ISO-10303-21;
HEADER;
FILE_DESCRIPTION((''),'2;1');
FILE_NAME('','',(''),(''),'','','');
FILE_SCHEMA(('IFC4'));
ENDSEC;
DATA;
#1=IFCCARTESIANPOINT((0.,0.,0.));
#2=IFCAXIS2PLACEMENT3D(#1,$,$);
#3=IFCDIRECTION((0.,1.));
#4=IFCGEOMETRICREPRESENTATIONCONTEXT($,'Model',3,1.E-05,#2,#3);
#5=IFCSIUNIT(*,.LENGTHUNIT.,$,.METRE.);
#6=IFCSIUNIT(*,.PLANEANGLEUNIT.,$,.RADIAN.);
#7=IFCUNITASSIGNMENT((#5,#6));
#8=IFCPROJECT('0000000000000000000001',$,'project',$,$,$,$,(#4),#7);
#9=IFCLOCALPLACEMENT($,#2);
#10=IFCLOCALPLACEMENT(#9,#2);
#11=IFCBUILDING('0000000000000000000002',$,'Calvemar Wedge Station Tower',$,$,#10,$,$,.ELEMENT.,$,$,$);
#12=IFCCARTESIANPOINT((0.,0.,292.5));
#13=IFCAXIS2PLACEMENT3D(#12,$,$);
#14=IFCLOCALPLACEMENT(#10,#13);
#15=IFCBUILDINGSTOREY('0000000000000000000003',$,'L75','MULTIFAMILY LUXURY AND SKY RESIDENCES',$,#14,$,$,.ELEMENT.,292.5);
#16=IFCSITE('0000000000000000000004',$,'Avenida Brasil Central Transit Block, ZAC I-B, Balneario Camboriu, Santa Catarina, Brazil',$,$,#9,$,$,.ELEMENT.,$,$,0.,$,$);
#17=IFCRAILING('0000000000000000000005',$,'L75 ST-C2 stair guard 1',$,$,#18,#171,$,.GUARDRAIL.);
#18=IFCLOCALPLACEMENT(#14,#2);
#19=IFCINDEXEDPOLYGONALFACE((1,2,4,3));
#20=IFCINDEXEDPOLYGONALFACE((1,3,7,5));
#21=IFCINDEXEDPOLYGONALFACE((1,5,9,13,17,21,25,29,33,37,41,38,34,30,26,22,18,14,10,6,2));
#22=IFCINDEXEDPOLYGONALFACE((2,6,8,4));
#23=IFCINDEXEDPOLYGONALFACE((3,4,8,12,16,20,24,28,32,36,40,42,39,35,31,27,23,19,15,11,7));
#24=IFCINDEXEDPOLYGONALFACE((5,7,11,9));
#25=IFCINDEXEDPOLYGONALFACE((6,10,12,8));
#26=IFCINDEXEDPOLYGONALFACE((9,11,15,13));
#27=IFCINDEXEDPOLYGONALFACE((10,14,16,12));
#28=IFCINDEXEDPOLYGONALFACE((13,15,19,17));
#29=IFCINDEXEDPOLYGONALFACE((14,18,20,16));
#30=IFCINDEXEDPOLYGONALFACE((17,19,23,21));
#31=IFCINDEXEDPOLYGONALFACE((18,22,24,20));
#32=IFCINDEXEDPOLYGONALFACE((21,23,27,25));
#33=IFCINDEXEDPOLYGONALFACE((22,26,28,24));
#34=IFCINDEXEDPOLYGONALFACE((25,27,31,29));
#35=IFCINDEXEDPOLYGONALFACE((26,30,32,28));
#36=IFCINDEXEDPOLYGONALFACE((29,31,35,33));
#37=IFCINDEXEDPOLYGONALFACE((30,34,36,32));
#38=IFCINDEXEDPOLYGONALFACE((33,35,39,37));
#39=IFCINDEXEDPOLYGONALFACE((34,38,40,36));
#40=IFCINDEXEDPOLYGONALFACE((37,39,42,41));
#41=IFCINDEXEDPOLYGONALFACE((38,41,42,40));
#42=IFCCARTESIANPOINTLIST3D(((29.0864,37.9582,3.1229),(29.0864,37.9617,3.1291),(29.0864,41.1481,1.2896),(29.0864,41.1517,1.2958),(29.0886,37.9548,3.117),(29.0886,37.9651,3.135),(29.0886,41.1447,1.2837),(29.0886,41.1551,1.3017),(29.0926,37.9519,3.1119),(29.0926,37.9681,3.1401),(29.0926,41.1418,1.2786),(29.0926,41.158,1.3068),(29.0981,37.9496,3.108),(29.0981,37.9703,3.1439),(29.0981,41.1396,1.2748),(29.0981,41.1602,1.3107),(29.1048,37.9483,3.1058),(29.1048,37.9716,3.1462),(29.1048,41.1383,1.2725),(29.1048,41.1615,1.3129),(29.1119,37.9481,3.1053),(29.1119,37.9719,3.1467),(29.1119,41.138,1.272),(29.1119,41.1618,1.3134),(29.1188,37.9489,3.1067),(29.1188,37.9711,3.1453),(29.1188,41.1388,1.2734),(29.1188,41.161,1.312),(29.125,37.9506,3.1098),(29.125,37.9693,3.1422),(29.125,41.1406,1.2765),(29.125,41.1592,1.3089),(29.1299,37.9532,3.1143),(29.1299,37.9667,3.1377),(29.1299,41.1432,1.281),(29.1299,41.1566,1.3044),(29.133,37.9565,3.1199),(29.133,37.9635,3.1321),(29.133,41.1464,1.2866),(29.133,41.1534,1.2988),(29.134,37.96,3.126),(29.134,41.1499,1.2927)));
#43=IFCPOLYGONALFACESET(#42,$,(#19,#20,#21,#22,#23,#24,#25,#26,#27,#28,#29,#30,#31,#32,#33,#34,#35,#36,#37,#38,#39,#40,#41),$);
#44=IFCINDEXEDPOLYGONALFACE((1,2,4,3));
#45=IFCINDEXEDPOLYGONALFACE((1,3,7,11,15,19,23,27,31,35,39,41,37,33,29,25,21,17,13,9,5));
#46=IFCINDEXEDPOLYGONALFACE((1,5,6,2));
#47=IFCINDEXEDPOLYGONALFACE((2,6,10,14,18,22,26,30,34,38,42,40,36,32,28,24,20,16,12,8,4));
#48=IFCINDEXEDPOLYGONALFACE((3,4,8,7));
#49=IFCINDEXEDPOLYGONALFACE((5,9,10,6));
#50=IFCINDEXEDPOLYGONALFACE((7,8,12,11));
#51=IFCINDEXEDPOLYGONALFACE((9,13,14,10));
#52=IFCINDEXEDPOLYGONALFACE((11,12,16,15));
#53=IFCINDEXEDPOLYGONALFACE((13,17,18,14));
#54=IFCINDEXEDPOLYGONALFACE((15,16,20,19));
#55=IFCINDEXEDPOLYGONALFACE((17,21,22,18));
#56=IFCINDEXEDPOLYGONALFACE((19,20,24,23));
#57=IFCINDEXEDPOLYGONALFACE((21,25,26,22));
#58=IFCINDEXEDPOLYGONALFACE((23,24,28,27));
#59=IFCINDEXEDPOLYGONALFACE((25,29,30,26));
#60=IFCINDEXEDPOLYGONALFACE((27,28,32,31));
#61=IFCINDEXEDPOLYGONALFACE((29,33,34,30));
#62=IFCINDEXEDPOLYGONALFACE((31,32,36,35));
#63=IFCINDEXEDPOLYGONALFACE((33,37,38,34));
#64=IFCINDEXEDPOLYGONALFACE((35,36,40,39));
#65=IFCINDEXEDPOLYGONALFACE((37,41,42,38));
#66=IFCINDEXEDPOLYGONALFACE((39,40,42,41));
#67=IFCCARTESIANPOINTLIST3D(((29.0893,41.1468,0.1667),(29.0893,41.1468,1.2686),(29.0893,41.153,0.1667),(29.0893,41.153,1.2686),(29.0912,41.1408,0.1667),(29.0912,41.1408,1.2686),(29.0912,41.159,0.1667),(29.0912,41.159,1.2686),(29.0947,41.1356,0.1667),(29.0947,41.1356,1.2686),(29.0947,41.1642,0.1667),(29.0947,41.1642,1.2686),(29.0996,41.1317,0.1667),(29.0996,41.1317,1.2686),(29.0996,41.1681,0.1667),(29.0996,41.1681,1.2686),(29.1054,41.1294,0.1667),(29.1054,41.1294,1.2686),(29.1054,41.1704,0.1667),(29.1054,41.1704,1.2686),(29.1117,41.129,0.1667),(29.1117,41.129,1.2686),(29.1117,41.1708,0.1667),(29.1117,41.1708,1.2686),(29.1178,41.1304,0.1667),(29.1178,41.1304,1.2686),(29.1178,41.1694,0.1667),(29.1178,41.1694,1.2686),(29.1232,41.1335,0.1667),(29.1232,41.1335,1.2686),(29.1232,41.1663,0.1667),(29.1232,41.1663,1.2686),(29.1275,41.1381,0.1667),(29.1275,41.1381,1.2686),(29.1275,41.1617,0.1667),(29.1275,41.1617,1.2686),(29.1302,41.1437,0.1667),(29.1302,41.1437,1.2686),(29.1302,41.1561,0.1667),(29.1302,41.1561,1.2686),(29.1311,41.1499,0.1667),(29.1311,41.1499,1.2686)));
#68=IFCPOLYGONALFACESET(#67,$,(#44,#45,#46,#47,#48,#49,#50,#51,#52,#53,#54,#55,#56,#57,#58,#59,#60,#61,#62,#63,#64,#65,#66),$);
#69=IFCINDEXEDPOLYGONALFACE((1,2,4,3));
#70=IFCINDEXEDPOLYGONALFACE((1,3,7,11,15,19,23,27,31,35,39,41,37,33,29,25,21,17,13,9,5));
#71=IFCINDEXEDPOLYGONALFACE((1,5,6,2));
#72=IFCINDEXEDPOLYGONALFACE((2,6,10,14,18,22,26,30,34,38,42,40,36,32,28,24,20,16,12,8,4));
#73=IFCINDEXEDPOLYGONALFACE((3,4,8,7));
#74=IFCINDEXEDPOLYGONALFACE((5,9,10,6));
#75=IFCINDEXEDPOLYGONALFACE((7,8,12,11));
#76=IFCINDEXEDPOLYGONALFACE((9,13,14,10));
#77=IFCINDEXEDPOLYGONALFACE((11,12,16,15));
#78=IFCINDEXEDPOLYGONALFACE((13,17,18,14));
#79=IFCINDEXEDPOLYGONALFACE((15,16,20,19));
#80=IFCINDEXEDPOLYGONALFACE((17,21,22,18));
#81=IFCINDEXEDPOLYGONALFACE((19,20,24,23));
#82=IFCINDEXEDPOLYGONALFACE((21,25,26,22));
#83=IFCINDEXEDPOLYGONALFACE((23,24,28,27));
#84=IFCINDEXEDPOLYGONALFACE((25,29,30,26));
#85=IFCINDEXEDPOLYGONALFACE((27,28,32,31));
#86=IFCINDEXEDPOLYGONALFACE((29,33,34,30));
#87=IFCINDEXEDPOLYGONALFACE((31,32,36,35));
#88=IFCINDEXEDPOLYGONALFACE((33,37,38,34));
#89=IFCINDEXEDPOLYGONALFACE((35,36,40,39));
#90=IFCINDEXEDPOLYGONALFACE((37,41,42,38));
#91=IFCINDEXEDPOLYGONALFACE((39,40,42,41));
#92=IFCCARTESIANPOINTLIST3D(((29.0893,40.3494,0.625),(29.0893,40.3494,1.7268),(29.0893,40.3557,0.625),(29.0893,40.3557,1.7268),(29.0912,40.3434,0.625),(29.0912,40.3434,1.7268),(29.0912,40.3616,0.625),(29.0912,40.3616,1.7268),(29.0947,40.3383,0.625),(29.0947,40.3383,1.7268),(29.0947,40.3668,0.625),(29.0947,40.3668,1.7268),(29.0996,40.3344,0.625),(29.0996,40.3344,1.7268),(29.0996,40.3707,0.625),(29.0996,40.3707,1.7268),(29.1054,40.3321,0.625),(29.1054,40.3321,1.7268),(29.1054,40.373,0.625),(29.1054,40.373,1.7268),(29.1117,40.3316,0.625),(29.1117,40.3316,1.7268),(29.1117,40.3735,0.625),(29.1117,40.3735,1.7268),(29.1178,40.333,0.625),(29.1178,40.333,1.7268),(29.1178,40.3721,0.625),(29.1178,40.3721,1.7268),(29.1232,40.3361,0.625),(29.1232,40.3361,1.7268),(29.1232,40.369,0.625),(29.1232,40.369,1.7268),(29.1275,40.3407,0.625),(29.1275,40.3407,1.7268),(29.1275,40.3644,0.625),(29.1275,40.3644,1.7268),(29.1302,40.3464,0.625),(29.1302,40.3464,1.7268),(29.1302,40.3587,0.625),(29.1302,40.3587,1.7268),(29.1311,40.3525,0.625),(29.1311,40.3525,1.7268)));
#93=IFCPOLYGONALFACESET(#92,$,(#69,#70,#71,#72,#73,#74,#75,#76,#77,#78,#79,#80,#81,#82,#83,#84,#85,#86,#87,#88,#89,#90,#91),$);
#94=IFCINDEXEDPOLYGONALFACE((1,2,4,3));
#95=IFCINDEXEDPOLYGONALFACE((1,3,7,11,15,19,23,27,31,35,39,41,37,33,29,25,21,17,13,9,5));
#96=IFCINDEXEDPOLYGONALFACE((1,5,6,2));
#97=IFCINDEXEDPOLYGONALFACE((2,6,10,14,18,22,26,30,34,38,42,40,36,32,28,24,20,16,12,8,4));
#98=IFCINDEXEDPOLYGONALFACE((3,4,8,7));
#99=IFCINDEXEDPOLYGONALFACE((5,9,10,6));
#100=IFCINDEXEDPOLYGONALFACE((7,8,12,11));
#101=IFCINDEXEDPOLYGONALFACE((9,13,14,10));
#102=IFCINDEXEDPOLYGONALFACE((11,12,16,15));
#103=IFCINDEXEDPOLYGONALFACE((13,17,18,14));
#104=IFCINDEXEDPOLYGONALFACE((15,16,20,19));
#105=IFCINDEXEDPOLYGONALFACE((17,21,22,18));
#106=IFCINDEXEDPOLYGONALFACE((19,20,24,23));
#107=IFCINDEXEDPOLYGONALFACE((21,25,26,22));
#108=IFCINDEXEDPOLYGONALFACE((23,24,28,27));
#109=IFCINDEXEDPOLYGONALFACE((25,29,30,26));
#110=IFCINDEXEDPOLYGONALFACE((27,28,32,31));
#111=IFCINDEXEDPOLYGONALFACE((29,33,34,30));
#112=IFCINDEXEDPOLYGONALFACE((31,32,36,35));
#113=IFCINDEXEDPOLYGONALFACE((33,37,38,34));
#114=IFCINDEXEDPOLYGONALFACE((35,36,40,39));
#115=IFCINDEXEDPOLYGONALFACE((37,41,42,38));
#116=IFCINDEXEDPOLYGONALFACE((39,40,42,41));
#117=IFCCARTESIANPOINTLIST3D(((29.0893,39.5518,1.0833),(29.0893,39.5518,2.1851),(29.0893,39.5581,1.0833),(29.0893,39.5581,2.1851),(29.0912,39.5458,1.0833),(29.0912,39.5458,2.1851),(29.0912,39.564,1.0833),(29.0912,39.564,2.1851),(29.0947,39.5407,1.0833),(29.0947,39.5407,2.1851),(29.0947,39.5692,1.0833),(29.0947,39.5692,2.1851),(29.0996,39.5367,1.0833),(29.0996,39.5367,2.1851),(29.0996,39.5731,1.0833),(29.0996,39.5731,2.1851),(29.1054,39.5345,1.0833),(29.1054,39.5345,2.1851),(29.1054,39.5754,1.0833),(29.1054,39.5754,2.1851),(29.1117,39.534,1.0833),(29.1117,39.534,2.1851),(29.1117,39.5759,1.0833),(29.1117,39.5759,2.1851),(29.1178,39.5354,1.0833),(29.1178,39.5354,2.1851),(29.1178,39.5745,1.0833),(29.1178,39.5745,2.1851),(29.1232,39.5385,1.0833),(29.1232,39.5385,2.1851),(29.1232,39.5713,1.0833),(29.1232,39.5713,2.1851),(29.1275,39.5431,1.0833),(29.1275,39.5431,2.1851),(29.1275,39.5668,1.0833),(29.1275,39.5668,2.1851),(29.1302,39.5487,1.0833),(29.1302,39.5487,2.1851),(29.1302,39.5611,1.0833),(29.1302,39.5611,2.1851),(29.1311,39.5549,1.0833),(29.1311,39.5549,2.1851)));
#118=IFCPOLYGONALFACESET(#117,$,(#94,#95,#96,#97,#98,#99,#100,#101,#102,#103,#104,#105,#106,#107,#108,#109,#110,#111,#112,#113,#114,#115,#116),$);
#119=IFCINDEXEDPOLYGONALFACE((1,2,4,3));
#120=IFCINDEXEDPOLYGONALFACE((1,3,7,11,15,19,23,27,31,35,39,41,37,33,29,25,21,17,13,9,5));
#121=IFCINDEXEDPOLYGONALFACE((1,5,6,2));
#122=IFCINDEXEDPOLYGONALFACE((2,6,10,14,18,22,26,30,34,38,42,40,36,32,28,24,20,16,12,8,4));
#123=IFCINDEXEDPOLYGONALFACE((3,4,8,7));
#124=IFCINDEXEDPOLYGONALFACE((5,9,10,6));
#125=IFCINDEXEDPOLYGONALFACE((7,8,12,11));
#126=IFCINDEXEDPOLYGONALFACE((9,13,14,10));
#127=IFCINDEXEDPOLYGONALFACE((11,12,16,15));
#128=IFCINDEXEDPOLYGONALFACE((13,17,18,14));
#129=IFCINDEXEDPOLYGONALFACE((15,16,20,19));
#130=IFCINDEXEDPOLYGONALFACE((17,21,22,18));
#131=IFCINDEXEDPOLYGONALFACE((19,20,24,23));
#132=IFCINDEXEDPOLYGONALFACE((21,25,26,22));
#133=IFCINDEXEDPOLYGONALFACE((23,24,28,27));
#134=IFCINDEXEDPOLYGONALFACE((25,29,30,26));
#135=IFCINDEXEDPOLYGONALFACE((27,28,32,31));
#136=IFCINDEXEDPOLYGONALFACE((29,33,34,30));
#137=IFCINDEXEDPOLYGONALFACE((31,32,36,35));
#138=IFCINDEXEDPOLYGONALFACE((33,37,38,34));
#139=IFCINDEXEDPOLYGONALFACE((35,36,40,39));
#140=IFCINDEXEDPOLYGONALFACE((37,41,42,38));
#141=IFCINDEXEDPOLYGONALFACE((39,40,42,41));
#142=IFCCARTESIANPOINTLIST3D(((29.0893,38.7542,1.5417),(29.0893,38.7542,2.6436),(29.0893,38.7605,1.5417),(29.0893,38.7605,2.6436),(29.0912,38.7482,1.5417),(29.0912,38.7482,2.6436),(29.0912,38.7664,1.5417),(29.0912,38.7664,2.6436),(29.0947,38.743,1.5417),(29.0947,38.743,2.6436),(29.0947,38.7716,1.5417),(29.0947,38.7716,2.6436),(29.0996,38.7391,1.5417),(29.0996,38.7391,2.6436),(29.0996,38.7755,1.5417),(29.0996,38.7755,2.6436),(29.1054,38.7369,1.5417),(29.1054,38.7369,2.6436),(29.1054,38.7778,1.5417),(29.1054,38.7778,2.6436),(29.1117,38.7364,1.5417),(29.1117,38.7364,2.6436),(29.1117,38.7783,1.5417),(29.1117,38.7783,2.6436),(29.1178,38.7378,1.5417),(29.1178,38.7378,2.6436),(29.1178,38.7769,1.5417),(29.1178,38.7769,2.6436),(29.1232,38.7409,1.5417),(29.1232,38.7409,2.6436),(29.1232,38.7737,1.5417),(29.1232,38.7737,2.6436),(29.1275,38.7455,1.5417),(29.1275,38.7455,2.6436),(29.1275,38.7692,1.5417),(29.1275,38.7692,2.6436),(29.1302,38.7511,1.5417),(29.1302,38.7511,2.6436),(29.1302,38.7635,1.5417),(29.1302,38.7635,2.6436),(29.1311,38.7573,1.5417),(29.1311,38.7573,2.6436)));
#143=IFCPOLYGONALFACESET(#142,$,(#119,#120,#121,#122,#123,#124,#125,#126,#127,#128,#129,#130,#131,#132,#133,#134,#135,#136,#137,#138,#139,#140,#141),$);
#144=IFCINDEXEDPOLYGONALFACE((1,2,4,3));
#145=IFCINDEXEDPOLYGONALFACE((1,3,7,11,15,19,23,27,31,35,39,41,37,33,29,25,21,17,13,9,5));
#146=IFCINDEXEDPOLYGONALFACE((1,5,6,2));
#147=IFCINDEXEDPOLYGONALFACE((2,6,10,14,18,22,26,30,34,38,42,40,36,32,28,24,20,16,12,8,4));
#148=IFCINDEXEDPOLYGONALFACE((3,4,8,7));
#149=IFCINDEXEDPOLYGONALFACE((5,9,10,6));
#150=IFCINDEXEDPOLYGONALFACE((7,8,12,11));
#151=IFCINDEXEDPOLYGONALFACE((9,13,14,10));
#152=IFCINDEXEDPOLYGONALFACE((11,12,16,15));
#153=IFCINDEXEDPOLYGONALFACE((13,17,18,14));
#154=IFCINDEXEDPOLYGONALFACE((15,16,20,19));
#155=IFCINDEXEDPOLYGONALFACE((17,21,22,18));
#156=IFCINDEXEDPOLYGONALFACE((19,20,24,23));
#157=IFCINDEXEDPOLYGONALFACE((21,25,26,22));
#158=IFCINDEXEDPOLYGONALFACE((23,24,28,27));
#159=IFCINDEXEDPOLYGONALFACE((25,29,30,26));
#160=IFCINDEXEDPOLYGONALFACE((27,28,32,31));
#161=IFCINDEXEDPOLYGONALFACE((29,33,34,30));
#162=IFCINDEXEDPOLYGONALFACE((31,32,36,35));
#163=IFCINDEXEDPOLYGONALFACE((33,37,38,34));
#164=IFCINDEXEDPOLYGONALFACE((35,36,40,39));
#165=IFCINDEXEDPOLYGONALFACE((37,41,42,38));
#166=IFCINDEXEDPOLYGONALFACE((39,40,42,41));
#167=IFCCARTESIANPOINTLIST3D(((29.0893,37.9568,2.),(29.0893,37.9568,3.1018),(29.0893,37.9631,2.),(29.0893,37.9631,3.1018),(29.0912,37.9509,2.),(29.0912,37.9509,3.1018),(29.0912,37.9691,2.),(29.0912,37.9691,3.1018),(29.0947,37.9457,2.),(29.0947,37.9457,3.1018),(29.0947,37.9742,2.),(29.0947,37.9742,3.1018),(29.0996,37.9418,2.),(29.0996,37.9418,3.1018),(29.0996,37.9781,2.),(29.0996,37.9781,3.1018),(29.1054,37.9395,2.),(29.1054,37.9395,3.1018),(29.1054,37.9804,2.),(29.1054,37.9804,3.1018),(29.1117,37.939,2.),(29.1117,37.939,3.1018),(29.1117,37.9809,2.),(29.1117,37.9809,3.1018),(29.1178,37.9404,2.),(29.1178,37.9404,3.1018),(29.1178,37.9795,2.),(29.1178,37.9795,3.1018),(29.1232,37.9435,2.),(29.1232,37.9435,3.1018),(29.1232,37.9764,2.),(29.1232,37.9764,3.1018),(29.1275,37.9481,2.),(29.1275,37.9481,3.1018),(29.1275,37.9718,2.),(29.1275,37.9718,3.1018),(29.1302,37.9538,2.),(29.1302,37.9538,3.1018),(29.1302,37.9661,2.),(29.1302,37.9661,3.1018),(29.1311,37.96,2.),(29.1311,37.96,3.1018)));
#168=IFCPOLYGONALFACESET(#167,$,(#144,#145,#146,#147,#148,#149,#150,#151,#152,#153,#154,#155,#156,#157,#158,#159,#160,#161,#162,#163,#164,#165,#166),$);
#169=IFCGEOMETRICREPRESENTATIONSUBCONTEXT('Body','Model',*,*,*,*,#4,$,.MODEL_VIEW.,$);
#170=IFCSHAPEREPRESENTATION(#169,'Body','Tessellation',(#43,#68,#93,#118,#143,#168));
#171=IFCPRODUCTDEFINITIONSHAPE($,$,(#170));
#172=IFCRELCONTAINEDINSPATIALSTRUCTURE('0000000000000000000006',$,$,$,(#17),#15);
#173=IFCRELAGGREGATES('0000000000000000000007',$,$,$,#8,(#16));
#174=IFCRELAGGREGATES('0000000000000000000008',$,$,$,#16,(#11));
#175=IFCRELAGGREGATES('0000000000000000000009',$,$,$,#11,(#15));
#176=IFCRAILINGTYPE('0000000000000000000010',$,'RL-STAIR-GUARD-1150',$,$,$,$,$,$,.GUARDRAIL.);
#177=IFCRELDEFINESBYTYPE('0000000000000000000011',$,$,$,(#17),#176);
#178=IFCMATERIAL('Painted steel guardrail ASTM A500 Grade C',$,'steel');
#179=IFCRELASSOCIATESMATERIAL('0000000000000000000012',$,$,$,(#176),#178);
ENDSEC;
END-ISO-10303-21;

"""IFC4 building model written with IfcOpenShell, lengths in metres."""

from ifc_helpers import new_model, si_unit, direction, frame, origin, origin_2d, place, context, subcontext, project, spatial, circle, extrude, material, type_object, element, save


model = new_model("IFC4")

# Units and contexts
model_context = context("Model", 3, precision=1e-05, world=origin(), true_north=direction((0.0, 1.0)))
body_context = subcontext(model_context, "Body", "Model", "MODEL_VIEW")
ifc_project = project(units=[si_unit("LENGTHUNIT", "METRE"), si_unit("PLANEANGLEUNIT", "RADIAN")], contexts=[model_context])

# Site, building, storey
site_placement = place(None, origin())
site = spatial("IfcSite", under=ifc_project, at=site_placement, Name="Avenida Brasil Central Transit Block, ZAC I-B, Balneario Camboriu, Santa Catarina, Brazil", CompositionType="ELEMENT", RefElevation=0.0)
building_placement = place(site_placement, origin())
building = spatial("IfcBuilding", under=site, at=building_placement, Name="Calvemar Wedge Station Tower", CompositionType="ELEMENT")
storey_placement = place(building_placement, frame((0.0, 0.0, 292.5)))
storey = spatial("IfcBuildingStorey", under=building, at=storey_placement, Name="L75", Description="MULTIFAMILY LUXURY AND SKY RESIDENCES", CompositionType="ELEMENT", Elevation=292.5)

# Railing
ifc_material_1 = material(Name="Painted steel guardrail ASTM A500 Grade C", Category="steel")
railing_type_1 = type_object("IfcRailingType", Name="RL-STAIR-GUARD-1150", PredefinedType="GUARDRAIL", material=ifc_material_1)
railing_1_placement = place(storey_placement, frame((29.1101, 41.1499, 0.1667)))
element("IfcRailing", 1, at=railing_1_placement, inside=storey, type_object=railing_type_1, Name="L75 ST-C2 stair guard 1", PredefinedType="GUARDRAIL", context=body_context, shape_type="SweptSolid", body=[
    extrude(circle(Radius=0.0239, at=origin_2d()), frame((0.0, 0.0, 1.126), z_axis=(0.0, -0.86702, 0.498274), x_axis=(1.0, 0.0, 0.0)), (0.0, 0.0, 1.0), 3.6792),
    extrude(circle(Radius=0.021, at=origin_2d()), origin(), (0.0, 0.0, 1.0), 1.1018),
    extrude(circle(Radius=0.021, at=origin_2d()), frame((0.0, -0.7974, 0.4583)), (0.0, 0.0, 1.0), 1.1018),
    extrude(circle(Radius=0.021, at=origin_2d()), frame((0.0, -1.595, 0.9165)), (0.0, 0.0, 1.0), 1.1018),
    extrude(circle(Radius=0.021, at=origin_2d()), frame((0.0, -2.3926, 1.375)), (0.0, 0.0, 1.0), 1.1018),
    extrude(circle(Radius=0.021, at=origin_2d()), frame((0.0, -3.1899, 1.8333)), (0.0, 0.0, 1.0), 1.1018),
])

save(model, "model.ifc")
